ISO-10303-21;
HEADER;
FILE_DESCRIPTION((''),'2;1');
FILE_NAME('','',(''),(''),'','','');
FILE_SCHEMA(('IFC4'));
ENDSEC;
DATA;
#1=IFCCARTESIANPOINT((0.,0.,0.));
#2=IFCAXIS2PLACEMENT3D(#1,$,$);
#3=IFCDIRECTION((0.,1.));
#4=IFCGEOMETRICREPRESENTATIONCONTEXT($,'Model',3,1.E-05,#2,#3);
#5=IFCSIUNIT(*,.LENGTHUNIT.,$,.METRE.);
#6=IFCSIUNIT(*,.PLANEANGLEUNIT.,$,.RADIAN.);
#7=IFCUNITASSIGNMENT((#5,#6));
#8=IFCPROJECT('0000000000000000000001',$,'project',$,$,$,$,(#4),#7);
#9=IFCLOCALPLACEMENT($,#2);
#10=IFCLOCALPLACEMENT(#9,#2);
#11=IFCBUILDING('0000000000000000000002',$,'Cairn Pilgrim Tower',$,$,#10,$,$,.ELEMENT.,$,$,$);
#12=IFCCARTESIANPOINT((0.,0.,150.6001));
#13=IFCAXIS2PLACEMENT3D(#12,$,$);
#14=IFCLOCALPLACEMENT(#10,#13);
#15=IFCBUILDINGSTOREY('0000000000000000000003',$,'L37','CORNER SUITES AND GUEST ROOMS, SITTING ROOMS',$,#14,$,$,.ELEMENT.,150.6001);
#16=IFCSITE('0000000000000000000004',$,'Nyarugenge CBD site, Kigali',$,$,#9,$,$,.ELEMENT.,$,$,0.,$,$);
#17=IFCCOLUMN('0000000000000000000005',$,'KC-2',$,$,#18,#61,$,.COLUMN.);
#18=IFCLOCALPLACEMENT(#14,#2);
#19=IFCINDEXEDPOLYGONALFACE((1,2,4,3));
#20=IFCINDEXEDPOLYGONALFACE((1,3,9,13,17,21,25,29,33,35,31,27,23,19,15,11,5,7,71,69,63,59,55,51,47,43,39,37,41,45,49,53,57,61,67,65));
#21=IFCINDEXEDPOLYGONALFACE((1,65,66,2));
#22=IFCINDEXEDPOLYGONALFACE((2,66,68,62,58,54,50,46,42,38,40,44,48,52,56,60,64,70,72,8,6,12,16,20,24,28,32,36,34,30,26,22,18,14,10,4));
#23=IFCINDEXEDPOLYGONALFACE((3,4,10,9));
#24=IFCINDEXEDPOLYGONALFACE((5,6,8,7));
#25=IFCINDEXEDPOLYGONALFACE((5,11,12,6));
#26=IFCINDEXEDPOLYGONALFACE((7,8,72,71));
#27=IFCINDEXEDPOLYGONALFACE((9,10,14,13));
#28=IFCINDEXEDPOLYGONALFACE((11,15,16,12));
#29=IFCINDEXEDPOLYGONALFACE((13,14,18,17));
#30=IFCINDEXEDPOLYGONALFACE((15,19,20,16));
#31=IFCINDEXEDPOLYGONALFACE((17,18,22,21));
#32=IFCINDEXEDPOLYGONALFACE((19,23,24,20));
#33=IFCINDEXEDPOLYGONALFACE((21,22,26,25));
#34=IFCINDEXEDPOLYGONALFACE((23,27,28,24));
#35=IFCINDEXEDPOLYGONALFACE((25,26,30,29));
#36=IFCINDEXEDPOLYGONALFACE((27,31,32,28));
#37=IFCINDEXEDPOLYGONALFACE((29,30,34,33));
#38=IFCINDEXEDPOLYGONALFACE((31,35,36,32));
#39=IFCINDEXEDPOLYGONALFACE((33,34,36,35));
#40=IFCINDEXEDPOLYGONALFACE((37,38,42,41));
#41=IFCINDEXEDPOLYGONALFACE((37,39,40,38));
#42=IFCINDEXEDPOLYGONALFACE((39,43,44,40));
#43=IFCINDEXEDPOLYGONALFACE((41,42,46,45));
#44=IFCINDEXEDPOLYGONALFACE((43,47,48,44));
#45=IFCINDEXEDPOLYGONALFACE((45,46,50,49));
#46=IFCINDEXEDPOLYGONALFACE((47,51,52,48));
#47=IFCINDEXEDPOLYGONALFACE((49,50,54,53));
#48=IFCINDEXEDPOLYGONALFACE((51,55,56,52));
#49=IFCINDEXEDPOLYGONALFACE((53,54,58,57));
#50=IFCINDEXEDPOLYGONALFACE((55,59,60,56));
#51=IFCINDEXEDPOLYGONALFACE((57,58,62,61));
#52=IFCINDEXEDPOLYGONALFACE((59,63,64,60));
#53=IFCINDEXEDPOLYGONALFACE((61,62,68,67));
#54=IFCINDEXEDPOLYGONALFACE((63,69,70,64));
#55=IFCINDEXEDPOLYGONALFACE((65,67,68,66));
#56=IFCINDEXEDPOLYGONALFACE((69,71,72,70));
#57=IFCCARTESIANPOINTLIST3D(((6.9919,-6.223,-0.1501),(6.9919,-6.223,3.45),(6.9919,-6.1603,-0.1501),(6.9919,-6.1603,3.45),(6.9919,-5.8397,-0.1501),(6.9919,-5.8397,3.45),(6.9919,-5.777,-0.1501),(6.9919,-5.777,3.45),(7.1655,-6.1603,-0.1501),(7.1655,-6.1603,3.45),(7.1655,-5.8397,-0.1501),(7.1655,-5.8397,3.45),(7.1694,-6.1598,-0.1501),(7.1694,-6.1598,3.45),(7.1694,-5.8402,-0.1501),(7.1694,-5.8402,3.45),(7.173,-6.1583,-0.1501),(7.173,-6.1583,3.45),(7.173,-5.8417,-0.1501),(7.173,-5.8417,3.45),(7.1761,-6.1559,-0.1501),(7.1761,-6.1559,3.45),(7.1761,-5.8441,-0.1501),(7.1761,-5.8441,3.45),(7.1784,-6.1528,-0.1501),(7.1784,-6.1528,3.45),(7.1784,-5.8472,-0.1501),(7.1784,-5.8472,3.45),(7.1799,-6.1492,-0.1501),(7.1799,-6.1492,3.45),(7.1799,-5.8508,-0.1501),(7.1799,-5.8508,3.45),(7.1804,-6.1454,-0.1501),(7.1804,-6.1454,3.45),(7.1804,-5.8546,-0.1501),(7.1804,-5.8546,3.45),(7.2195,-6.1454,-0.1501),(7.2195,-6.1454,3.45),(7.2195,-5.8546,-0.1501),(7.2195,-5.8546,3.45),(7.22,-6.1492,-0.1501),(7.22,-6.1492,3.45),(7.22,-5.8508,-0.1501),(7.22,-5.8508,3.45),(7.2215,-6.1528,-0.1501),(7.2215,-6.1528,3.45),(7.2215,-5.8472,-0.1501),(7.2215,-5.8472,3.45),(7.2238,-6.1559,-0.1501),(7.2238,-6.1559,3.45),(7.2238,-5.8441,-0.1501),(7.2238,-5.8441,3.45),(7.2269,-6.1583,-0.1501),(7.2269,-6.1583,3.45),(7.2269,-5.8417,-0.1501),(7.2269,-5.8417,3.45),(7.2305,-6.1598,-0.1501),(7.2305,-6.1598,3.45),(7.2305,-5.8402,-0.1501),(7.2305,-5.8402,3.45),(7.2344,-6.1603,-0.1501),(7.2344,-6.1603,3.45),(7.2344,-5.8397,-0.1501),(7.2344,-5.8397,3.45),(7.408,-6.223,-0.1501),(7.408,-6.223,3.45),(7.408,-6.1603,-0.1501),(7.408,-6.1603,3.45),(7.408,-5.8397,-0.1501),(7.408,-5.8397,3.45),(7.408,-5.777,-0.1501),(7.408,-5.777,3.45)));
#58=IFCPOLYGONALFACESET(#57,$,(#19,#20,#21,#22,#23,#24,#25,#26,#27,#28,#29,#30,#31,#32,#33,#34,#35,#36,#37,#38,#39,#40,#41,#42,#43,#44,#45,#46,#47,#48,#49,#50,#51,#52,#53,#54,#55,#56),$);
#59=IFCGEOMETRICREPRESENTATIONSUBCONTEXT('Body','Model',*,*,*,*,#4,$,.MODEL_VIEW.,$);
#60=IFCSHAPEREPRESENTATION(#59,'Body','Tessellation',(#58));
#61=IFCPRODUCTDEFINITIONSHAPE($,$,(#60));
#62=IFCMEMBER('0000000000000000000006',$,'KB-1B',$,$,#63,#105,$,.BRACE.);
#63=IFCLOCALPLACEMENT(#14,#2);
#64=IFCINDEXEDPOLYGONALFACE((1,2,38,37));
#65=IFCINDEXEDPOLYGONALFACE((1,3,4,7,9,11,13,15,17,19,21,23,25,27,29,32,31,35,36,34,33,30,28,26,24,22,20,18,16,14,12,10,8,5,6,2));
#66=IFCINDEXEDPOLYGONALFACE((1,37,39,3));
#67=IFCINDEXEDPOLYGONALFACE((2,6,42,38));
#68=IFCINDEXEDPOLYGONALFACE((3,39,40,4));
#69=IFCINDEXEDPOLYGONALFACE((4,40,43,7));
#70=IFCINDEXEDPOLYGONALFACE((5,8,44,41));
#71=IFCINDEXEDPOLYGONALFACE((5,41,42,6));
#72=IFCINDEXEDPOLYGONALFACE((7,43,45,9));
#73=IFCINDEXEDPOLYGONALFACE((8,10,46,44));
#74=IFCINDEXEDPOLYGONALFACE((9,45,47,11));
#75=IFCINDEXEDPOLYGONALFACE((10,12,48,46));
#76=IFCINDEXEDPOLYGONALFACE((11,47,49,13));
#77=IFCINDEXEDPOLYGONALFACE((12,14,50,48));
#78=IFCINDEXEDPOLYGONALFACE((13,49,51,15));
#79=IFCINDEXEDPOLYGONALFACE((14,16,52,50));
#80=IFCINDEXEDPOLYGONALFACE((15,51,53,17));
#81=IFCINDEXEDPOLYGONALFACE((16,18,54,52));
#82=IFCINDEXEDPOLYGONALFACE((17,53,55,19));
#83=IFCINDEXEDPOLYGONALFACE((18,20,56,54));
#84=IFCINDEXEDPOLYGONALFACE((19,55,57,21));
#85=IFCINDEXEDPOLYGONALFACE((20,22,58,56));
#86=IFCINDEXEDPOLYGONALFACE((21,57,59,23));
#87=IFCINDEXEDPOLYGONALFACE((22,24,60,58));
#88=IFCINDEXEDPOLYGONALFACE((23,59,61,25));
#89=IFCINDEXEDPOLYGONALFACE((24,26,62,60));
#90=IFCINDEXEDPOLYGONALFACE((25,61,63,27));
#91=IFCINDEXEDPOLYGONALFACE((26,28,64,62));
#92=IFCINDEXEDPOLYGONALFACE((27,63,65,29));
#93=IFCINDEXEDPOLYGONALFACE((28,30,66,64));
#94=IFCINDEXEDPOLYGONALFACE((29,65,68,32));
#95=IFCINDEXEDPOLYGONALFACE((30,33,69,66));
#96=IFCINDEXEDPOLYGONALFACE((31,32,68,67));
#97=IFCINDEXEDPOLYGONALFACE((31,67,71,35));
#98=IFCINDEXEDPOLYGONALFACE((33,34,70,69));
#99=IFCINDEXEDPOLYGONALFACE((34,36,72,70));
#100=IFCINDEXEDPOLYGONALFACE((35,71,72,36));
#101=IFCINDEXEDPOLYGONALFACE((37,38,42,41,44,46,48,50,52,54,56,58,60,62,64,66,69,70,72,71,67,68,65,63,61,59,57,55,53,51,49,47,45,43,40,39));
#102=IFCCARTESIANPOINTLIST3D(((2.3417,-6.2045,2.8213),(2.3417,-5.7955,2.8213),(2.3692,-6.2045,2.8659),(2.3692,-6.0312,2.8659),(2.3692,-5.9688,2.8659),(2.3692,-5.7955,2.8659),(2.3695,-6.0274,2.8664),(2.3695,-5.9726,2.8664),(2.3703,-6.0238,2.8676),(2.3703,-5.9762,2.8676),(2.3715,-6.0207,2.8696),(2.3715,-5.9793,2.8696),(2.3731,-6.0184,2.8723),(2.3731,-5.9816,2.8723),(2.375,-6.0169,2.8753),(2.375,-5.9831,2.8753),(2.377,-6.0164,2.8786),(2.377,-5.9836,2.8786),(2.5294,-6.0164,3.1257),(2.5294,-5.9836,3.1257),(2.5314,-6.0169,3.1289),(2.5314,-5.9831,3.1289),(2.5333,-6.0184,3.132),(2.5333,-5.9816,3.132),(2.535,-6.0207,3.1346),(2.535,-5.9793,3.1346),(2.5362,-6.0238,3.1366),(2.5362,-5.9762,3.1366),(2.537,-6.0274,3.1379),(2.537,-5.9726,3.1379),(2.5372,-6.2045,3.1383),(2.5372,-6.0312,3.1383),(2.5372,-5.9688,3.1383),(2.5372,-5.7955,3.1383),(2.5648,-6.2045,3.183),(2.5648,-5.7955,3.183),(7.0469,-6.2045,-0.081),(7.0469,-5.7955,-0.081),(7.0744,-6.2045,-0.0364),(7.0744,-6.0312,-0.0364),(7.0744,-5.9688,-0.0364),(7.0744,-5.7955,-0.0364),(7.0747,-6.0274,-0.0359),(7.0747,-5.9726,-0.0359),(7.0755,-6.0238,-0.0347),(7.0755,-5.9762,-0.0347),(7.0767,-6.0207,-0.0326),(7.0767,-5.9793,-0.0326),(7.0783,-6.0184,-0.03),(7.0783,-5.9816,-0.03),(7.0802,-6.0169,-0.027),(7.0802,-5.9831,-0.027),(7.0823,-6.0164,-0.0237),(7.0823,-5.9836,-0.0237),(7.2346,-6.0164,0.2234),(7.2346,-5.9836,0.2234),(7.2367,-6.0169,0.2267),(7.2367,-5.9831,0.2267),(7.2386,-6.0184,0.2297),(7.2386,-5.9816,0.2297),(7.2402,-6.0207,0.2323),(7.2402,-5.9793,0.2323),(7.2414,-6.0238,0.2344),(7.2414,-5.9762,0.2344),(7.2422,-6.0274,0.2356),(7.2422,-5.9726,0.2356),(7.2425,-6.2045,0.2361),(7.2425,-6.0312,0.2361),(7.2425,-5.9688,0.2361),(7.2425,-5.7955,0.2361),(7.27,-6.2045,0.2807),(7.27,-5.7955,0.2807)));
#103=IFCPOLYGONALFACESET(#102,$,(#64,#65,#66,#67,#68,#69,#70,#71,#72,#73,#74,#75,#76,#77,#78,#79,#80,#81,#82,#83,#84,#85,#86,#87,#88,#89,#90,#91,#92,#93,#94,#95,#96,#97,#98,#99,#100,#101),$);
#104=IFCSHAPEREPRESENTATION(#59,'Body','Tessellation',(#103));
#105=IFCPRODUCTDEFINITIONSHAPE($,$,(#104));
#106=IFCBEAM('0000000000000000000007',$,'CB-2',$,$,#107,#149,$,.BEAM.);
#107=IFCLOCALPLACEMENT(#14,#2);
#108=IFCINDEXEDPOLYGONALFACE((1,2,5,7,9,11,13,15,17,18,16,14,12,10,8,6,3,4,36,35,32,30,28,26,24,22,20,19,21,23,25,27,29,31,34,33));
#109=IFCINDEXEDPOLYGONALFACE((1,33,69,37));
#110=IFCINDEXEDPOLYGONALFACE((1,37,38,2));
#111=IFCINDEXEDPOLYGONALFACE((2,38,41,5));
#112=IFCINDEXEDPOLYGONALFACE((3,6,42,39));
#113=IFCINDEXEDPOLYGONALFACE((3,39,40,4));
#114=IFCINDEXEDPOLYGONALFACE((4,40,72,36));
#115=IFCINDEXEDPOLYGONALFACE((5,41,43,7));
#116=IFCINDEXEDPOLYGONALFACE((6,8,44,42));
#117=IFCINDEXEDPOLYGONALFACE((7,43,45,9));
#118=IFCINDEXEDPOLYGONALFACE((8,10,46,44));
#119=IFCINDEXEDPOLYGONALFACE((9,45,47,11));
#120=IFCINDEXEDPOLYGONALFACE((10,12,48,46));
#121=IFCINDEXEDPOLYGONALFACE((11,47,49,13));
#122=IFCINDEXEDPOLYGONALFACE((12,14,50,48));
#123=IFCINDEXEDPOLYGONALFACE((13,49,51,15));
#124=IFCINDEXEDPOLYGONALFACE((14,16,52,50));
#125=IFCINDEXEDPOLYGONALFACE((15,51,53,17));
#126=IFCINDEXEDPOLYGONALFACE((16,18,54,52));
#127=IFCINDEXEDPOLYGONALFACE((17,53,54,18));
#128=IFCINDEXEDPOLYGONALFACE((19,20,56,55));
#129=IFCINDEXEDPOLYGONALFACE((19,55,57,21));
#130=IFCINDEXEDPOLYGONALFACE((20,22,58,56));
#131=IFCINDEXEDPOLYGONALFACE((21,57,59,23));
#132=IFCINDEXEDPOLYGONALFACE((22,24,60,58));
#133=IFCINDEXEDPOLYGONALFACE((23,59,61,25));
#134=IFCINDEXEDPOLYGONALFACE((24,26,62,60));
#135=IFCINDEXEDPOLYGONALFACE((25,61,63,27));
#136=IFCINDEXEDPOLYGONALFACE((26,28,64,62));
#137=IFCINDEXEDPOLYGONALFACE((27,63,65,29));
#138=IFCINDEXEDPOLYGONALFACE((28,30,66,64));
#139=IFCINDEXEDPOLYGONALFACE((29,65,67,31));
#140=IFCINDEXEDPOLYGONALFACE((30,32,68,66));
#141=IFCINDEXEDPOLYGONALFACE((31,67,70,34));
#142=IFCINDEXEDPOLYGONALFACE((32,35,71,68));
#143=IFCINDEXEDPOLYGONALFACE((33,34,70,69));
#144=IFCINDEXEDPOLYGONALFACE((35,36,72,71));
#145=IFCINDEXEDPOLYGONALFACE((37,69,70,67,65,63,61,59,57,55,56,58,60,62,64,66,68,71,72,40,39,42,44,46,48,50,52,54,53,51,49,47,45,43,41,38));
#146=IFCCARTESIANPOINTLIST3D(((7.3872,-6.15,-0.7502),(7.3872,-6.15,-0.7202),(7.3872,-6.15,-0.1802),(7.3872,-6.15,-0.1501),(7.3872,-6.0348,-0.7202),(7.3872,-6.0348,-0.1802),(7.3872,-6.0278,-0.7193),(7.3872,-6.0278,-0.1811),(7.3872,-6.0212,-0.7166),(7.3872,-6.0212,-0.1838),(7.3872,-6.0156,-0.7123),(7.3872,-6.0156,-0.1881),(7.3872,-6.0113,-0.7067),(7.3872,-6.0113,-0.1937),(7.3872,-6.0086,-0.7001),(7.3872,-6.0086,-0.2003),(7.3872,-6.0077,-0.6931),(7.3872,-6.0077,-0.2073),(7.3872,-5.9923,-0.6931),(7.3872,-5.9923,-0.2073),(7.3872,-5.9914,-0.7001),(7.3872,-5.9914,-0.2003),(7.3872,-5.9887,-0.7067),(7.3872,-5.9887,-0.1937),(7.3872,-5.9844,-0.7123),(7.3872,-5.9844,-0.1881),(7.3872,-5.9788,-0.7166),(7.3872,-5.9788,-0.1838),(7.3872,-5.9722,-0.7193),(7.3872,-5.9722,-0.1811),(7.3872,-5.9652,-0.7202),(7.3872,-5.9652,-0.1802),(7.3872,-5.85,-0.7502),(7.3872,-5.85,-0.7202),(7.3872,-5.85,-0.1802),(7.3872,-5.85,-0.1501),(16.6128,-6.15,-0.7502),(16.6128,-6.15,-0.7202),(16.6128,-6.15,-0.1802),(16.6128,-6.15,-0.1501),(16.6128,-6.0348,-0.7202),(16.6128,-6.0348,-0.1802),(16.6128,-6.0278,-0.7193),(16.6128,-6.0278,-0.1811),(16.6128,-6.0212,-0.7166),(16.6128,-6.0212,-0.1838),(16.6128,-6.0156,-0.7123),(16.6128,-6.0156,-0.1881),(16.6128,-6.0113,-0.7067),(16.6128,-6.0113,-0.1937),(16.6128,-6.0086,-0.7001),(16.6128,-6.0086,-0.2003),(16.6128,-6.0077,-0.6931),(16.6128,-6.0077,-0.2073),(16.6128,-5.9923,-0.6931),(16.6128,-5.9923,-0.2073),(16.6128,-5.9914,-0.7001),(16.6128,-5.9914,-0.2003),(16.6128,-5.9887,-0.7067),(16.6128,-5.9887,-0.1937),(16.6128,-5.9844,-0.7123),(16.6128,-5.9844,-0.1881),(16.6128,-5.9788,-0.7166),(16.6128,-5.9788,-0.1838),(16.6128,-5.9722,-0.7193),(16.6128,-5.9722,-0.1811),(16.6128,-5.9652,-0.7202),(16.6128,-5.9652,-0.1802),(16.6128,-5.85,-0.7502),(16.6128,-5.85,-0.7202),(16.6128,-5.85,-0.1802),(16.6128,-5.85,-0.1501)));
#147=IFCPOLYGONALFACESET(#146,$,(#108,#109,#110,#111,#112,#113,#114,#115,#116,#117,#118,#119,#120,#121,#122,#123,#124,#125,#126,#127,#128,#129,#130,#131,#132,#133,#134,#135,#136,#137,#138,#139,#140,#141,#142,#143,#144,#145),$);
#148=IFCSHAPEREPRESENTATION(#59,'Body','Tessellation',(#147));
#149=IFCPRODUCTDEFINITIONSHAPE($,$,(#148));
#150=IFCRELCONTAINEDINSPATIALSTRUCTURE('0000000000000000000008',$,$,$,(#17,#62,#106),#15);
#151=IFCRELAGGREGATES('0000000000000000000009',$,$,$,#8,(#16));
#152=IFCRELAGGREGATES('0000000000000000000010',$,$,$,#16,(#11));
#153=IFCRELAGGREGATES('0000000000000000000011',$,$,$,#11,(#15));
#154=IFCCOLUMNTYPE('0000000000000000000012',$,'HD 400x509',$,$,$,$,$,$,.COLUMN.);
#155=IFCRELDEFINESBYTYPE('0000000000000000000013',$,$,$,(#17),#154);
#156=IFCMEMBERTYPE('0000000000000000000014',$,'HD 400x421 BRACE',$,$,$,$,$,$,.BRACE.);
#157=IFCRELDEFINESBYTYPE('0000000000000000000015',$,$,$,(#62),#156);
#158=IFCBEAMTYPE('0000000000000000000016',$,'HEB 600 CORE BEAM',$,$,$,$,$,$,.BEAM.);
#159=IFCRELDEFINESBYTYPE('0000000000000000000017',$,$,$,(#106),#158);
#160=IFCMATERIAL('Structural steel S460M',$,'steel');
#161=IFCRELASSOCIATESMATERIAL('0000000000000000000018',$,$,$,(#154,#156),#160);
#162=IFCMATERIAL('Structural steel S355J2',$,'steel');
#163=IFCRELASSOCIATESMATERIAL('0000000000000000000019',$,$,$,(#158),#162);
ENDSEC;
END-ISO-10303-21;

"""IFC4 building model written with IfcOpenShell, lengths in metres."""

from ifc_helpers import new_model, si_unit, direction, frame, origin, origin_2d, place, context, subcontext, project, spatial, i_section, extrude, material, material_profile, profile_set, type_object, element, save


model = new_model("IFC4")

# Units and contexts
model_context = context("Model", 3, precision=1e-05, world=origin(), true_north=direction((0.0, 1.0)))
body_context = subcontext(model_context, "Body", "Model", "MODEL_VIEW")
ifc_project = project(units=[si_unit("LENGTHUNIT", "METRE"), si_unit("PLANEANGLEUNIT", "RADIAN")], contexts=[model_context])

# Site, building, storey
site_placement = place(None, origin())
site = spatial("IfcSite", under=ifc_project, at=site_placement, Name="Nyarugenge CBD site, Kigali", CompositionType="ELEMENT", RefElevation=0.0)
building_placement = place(site_placement, origin())
building = spatial("IfcBuilding", under=site, at=building_placement, Name="Cairn Pilgrim Tower", CompositionType="ELEMENT")
storey_placement = place(building_placement, frame((0.0, 0.0, 150.6001)))
storey = spatial("IfcBuildingStorey", under=building, at=storey_placement, Name="L37", Description="CORNER SUITES AND GUEST ROOMS, SITTING ROOMS", CompositionType="ELEMENT", Elevation=150.6001)

# Column
ifc_material_1 = material(Name="Structural steel S460M", Category="steel")
ifc_material_profile_1 = material_profile(ifc_material_1, i_section(OverallWidth=0.416, OverallDepth=0.446, WebThickness=0.0391, FlangeThickness=0.0627, FilletRadius=0.0149, at=origin_2d()), Name="HD 400x509")
ifc_profile_set_1 = profile_set([ifc_material_profile_1], Name="Structural steel S460M")
column_type = type_object("IfcColumnType", Name="HD 400x509", PredefinedType="COLUMN", material=ifc_profile_set_1)
column_placement = place(storey_placement, frame((7.2, -6.0, -0.1501), z_axis=(0.0, 0.0, 1.0), x_axis=(1.0, 0.0, 0.0)))
element("IfcColumn", 1, at=column_placement, inside=storey, type_object=column_type, Name="KC-2", PredefinedType="COLUMN", context=body_context, shape_type="SweptSolid", body=[
    extrude(i_section(OverallWidth=0.416, OverallDepth=0.446, WebThickness=0.0391, FlangeThickness=0.0627, FilletRadius=0.0149, at=origin_2d()), origin(), (0.0, 0.0, 1.0), 3.6001),
])

# Member
ifc_material_profile_2 = material_profile(ifc_material_1, i_section(OverallWidth=0.4089, OverallDepth=0.425, WebThickness=0.0327, FlangeThickness=0.0525, FilletRadius=0.0149, at=origin_2d()), Name="HD 400x421")
ifc_profile_set_2 = profile_set([ifc_material_profile_2], Name="Structural steel S460M")
member_type = type_object("IfcMemberType", Name="HD 400x421 BRACE", PredefinedType="BRACE", material=ifc_profile_set_2)
member_placement = place(storey_placement, frame((7.1584, -6.0, 0.0999), z_axis=(-0.851112, 0.0, 0.524984), x_axis=(0.0, -1.0, 0.0)))
element("IfcMember", 2, at=member_placement, inside=storey, type_object=member_type, Name="KB-1B", PredefinedType="BRACE", context=body_context, shape_type="SweptSolid", body=[
    extrude(i_section(OverallWidth=0.4089, OverallDepth=0.425, WebThickness=0.0327, FlangeThickness=0.0525, FilletRadius=0.0149, at=origin_2d()), origin(), (0.0, 0.0, 1.0), 5.5283),
])

# Beam
ifc_material_2 = material(Name="Structural steel S355J2", Category="steel")
ifc_material_profile_3 = material_profile(ifc_material_2, i_section(OverallWidth=0.3, OverallDepth=0.6001, WebThickness=0.0154, FlangeThickness=0.03, FilletRadius=0.0271, at=origin_2d()), Name="HEB 600")
ifc_profile_set_3 = profile_set([ifc_material_profile_3], Name="Structural steel S355J2")
beam_type_1 = type_object("IfcBeamType", Name="HEB 600 CORE BEAM", PredefinedType="BEAM", material=ifc_profile_set_3)
beam_1_placement = place(storey_placement, frame((7.3872, -6.0, -0.4502), z_axis=(1.0, 0.0, 0.0), x_axis=(0.0, 1.0, 0.0)))
element("IfcBeam", 3, at=beam_1_placement, inside=storey, type_object=beam_type_1, Name="CB-2", PredefinedType="BEAM", context=body_context, shape_type="SweptSolid", body=[
    extrude(i_section(OverallWidth=0.3, OverallDepth=0.6001, WebThickness=0.0154, FlangeThickness=0.03, FilletRadius=0.0271, at=origin_2d()), origin(), (0.0, 0.0, 1.0), 9.2256),
])

save(model, "model.ifc")
